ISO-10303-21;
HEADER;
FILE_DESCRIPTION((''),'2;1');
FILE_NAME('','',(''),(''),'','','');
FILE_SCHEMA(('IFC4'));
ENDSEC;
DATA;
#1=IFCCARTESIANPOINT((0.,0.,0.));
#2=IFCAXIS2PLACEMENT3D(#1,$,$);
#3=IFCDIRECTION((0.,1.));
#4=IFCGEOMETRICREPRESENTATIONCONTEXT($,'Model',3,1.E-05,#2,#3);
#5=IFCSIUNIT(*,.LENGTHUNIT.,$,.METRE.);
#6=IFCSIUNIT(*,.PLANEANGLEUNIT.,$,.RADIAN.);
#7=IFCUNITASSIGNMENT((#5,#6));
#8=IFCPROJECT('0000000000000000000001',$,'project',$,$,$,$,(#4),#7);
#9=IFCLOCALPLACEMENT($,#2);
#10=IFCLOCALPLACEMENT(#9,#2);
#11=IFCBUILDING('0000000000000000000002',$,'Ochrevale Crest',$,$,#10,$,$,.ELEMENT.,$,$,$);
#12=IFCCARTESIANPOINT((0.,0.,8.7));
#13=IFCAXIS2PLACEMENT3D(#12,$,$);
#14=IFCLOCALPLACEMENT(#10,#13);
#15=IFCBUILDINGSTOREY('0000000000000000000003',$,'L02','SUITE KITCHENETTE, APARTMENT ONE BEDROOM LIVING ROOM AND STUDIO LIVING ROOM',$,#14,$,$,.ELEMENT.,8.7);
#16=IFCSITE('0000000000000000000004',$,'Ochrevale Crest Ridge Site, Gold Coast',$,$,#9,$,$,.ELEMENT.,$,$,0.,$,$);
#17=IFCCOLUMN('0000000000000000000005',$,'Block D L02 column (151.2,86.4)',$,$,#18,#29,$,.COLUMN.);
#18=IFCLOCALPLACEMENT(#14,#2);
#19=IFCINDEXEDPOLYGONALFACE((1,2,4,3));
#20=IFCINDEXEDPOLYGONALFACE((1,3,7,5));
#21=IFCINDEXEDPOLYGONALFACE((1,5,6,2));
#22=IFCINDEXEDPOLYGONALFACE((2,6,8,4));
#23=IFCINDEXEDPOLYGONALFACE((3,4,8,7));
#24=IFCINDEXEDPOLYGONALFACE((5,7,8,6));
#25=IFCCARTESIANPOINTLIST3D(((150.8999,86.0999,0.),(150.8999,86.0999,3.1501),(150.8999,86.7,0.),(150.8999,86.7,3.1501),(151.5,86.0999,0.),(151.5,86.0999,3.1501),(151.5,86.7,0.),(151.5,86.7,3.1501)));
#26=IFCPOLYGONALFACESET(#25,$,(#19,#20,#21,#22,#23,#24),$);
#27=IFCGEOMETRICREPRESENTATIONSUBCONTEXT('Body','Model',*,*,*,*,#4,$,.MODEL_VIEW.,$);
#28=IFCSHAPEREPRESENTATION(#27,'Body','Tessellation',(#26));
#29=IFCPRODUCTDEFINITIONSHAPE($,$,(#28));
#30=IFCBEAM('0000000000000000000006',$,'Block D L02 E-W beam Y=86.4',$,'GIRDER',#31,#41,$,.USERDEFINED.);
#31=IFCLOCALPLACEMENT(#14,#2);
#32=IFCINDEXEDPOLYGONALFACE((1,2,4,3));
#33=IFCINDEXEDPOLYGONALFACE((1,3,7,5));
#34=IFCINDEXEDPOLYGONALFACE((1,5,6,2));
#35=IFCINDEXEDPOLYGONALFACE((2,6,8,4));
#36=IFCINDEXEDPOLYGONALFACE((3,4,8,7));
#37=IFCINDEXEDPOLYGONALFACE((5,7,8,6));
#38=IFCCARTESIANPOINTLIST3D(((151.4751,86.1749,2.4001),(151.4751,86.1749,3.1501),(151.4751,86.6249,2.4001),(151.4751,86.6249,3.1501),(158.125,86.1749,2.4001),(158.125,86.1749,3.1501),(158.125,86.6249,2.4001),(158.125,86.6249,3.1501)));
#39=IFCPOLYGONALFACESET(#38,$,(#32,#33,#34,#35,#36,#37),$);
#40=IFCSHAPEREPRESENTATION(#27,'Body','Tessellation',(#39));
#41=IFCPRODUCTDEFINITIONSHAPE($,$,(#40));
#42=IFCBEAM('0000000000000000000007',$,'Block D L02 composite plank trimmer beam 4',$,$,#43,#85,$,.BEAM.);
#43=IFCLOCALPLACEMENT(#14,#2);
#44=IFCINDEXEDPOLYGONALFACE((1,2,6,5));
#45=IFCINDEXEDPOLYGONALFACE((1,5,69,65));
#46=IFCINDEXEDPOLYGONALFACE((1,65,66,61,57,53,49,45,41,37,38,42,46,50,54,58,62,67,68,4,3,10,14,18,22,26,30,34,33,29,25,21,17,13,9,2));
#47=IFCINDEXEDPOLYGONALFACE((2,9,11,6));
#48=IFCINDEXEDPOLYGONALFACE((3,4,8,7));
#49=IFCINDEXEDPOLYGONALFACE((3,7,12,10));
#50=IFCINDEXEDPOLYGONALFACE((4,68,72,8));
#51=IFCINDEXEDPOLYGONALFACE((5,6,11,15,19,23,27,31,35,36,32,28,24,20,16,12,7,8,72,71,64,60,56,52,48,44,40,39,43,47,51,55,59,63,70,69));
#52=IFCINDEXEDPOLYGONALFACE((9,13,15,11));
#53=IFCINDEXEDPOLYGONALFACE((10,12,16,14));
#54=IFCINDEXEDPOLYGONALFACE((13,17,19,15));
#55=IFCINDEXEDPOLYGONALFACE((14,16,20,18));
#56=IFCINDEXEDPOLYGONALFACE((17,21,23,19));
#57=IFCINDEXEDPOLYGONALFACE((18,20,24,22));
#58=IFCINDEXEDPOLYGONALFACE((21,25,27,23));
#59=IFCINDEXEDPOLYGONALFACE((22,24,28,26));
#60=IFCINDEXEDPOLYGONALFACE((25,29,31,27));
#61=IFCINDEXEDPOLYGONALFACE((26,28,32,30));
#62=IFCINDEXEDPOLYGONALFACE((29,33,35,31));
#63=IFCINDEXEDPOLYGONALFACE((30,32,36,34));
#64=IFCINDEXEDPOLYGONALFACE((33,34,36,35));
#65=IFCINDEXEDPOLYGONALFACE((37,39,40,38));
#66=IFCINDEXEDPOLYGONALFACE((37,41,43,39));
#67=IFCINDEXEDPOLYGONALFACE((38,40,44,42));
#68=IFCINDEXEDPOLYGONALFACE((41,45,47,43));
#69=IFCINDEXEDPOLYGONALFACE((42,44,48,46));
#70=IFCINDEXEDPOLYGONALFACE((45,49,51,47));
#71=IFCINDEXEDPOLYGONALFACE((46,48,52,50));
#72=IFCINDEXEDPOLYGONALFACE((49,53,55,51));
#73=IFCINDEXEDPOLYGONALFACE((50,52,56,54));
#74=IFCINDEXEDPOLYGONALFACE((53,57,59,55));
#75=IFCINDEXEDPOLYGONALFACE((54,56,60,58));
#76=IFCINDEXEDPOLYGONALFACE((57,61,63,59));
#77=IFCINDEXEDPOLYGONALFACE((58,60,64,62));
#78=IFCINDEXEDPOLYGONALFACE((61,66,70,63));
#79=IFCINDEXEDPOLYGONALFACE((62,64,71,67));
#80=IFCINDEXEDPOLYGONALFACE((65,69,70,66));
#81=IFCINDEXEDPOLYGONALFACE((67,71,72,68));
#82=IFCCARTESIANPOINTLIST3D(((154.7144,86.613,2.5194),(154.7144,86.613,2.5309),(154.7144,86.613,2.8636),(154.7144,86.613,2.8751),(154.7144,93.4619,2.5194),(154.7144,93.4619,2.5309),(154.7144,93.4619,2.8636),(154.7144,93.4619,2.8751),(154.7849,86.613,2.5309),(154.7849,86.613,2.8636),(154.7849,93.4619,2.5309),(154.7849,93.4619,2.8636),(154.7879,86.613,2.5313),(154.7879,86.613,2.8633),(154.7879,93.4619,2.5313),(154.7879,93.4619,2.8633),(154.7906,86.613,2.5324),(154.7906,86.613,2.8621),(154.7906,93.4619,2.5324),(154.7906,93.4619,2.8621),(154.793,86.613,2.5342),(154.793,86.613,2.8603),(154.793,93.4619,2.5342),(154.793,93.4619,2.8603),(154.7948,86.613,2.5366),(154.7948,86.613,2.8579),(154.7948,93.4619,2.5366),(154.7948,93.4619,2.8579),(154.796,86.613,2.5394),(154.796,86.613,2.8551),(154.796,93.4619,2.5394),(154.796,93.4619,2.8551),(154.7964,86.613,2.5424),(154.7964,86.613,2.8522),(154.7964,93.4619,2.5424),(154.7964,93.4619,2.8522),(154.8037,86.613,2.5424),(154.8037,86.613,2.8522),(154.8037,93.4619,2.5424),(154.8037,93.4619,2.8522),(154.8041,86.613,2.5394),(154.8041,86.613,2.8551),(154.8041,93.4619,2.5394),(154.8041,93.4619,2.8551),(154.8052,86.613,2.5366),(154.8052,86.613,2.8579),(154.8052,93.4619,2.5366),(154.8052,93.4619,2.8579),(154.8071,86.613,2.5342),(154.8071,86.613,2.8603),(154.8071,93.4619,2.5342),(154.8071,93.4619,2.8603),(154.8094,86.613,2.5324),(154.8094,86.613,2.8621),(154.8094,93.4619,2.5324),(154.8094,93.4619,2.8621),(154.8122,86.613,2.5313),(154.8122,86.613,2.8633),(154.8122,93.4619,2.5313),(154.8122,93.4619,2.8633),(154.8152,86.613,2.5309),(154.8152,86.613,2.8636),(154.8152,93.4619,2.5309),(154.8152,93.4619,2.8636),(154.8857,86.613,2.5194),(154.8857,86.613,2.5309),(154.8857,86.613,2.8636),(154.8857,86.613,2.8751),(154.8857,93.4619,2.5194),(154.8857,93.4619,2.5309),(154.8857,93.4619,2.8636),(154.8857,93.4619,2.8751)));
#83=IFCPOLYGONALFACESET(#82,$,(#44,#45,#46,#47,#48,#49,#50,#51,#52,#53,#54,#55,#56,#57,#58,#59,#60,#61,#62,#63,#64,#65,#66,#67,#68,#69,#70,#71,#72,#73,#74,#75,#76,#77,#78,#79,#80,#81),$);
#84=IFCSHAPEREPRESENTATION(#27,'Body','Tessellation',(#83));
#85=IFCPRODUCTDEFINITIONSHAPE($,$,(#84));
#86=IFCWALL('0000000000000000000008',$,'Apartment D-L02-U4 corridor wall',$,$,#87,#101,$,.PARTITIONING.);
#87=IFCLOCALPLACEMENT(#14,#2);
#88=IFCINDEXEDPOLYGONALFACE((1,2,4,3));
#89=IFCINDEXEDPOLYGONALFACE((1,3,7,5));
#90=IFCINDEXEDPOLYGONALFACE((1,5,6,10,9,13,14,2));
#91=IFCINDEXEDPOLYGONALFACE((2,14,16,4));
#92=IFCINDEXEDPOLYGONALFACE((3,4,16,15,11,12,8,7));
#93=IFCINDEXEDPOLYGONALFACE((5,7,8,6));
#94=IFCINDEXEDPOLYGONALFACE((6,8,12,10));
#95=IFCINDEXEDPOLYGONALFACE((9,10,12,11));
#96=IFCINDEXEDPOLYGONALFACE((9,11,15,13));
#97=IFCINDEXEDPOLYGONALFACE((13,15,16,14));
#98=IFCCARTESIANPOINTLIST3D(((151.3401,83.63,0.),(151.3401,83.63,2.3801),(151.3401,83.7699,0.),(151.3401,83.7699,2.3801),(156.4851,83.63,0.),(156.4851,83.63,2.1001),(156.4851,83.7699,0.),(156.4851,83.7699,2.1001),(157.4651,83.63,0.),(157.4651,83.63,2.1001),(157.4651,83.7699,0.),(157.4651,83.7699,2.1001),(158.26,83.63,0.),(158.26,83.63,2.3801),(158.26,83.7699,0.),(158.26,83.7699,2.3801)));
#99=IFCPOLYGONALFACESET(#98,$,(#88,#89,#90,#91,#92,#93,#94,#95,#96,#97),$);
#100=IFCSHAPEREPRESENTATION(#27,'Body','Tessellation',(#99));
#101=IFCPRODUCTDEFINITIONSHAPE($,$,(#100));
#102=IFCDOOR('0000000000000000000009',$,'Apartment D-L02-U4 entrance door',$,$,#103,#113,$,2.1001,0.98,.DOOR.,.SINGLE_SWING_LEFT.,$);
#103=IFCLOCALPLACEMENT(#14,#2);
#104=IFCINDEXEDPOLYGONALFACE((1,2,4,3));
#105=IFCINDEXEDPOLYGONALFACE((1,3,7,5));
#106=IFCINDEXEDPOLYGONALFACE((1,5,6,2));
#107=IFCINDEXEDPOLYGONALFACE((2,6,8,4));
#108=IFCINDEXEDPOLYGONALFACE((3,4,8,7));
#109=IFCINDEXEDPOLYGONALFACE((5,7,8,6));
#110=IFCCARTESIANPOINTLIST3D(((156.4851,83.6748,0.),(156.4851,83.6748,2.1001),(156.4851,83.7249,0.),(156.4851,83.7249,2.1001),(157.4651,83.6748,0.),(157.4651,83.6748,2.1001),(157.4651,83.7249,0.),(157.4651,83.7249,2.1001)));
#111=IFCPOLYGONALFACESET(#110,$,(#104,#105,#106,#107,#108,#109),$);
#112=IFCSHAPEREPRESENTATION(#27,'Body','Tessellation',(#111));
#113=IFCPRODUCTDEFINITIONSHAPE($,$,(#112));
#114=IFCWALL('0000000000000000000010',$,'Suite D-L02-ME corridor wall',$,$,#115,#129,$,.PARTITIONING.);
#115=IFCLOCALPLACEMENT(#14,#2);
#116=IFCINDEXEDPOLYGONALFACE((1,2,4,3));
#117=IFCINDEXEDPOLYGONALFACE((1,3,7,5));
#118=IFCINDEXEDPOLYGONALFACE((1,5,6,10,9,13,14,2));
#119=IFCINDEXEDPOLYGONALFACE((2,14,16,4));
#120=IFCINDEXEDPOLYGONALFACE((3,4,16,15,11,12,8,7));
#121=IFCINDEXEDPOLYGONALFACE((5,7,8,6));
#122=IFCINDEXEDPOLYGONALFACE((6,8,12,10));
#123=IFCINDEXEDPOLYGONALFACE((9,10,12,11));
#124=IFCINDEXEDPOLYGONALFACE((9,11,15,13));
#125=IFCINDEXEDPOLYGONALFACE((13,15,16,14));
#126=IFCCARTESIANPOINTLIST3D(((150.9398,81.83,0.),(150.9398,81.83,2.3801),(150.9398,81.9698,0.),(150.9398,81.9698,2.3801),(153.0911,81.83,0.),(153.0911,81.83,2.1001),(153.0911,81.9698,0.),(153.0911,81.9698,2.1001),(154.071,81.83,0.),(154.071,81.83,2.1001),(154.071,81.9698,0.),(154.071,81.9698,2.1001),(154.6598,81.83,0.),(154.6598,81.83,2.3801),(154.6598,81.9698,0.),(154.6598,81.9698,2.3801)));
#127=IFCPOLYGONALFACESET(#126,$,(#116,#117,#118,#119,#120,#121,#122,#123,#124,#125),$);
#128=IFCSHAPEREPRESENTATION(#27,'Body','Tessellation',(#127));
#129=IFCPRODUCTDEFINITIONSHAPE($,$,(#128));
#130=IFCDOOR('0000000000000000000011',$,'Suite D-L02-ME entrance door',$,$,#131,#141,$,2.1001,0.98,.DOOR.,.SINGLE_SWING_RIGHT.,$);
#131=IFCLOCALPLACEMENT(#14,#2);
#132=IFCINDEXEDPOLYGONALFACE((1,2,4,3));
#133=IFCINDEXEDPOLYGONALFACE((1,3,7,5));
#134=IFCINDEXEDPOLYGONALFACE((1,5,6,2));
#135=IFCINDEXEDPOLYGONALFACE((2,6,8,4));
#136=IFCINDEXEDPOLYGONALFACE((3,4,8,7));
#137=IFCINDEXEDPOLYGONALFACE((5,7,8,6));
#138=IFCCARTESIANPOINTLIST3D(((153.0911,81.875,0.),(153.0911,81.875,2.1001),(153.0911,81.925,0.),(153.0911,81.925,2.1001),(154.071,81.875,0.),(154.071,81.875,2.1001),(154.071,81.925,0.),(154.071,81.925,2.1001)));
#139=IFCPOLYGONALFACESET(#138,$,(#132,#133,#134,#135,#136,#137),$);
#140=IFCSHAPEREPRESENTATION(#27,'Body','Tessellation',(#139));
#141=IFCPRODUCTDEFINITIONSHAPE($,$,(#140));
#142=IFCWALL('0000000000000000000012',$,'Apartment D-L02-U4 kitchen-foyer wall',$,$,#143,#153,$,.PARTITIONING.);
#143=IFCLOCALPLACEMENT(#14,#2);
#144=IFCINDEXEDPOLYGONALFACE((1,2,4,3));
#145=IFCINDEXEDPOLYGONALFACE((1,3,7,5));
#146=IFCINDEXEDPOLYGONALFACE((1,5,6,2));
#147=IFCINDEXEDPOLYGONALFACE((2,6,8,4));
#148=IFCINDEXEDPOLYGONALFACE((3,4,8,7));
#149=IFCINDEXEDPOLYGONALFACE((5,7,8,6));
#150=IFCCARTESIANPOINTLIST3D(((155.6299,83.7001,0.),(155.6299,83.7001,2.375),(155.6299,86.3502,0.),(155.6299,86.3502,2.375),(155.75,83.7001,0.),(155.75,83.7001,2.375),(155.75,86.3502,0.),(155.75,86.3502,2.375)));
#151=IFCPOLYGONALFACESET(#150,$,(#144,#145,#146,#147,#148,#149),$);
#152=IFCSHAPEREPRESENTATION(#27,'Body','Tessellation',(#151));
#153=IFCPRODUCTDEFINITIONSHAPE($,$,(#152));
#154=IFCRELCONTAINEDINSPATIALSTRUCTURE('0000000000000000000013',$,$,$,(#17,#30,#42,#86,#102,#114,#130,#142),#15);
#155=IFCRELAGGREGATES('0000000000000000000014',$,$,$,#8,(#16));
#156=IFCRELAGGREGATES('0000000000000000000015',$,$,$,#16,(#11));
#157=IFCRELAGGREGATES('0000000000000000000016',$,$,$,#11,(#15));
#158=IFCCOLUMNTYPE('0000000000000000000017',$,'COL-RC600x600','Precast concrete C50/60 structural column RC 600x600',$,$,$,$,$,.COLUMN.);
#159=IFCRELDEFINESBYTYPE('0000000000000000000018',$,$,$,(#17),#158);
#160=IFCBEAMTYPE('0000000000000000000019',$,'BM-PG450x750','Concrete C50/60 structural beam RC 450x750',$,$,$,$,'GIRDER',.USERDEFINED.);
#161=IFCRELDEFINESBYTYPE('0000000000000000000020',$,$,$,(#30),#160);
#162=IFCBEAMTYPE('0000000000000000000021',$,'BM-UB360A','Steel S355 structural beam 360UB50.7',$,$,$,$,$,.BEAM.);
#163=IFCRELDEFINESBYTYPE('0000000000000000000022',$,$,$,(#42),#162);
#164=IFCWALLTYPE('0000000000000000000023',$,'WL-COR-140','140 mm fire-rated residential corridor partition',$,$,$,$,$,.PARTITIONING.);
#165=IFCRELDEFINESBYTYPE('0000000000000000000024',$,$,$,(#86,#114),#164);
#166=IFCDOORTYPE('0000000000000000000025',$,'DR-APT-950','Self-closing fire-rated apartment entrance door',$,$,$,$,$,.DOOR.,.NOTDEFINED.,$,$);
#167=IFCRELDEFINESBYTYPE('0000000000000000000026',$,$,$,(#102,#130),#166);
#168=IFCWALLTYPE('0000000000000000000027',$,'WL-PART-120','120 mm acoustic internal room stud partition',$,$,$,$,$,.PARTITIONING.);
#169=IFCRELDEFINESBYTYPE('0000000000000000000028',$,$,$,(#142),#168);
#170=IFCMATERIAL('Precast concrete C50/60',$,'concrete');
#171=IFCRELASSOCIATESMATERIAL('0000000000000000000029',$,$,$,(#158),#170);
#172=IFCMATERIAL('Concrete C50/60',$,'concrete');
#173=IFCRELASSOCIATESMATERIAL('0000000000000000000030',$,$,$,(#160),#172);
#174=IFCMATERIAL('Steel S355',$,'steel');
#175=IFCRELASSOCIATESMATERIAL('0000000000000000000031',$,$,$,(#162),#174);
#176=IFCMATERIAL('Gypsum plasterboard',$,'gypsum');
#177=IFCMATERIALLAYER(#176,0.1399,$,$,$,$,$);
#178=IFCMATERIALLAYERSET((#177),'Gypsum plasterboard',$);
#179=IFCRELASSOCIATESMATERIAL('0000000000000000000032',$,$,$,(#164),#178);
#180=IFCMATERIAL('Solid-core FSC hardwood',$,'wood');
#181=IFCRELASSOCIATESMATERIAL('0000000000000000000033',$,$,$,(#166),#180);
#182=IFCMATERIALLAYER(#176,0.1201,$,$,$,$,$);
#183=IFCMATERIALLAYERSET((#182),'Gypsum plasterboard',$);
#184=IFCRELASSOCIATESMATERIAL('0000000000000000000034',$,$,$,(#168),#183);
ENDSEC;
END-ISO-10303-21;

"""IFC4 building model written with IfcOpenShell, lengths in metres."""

from ifc_helpers import new_model, si_unit, direction, frame, frame_2d, origin, origin_2d, place, context, subcontext, project, spatial, rectangle, i_section, extrude, material, layer, layer_set, material_profile, profile_set, type_object, element, fill, save


model = new_model("IFC4")

# Units and contexts
model_context = context("Model", 3, precision=1e-05, world=origin(), true_north=direction((0.0, 1.0)))
body_context = subcontext(model_context, "Body", "Model", "MODEL_VIEW")
ifc_project = project(units=[si_unit("LENGTHUNIT", "METRE"), si_unit("PLANEANGLEUNIT", "RADIAN")], contexts=[model_context])

# Site, building, storey
site_placement = place(None, origin())
site = spatial("IfcSite", under=ifc_project, at=site_placement, Name="Ochrevale Crest Ridge Site, Gold Coast", CompositionType="ELEMENT", RefElevation=0.0)
building_placement = place(site_placement, origin())
building = spatial("IfcBuilding", under=site, at=building_placement, Name="Ochrevale Crest", CompositionType="ELEMENT")
storey_placement = place(building_placement, frame((0.0, 0.0, 8.7)))
storey = spatial("IfcBuildingStorey", under=building, at=storey_placement, Name="L02", Description="SUITE KITCHENETTE, APARTMENT ONE BEDROOM LIVING ROOM AND STUDIO LIVING ROOM", CompositionType="ELEMENT", Elevation=8.7)

# Column
ifc_material_1 = material(Name="Precast concrete C50/60", Category="concrete")
ifc_material_profile_1 = material_profile(ifc_material_1, rectangle(XDim=0.6001, YDim=0.6001, at=origin_2d()), Name="RC 600x600")
ifc_profile_set_1 = profile_set([ifc_material_profile_1], Name="Precast concrete C50/60")
column_type = type_object("IfcColumnType", Name="COL-RC600x600", Description="Precast concrete C50/60 structural column RC 600x600", PredefinedType="COLUMN", material=ifc_profile_set_1)
column_placement = place(storey_placement, frame((151.2, 86.3999, 0.0), z_axis=(0.0, 0.0, 1.0), x_axis=(1.0, 0.0, 0.0)))
element("IfcColumn", 1, at=column_placement, inside=storey, type_object=column_type, Name="Block D L02 column (151.2,86.4)", PredefinedType="COLUMN", context=body_context, shape_type="SweptSolid", body=[
    extrude(rectangle(XDim=0.6001, YDim=0.6001, at=origin_2d()), origin(), (0.0, 0.0, 1.0), 3.1501),
])

# Beams
ifc_material_2 = material(Name="Concrete C50/60", Category="concrete")
ifc_material_profile_2 = material_profile(ifc_material_2, rectangle(XDim=0.45, YDim=0.75, at=origin_2d()), Name="RC 450x750")
ifc_profile_set_2 = profile_set([ifc_material_profile_2], Name="Concrete C50/60")
beam_type_1 = type_object("IfcBeamType", Name="BM-PG450x750", Description="Concrete C50/60 structural beam RC 450x750", ElementType="GIRDER", PredefinedType="USERDEFINED", material=ifc_profile_set_2)
beam_1_placement = place(storey_placement, frame((151.4751, 86.3999, 2.7751), z_axis=(1.0, 0.0, 0.0), x_axis=(0.0, 1.0, 0.0)))
element("IfcBeam", 2, at=beam_1_placement, inside=storey, type_object=beam_type_1, Name="Block D L02 E-W beam Y=86.4", ObjectType="GIRDER", PredefinedType="USERDEFINED", context=body_context, shape_type="SweptSolid", body=[
    extrude(rectangle(XDim=0.45, YDim=0.75, at=origin_2d()), origin(), (0.0, 0.0, 1.0), 6.6499),
])
ifc_material_3 = material(Name="Steel S355", Category="steel")
ifc_material_profile_3 = material_profile(ifc_material_3, i_section(OverallWidth=0.1714, OverallDepth=0.3557, WebThickness=0.0073, FlangeThickness=0.0115, FilletRadius=0.0115, at=origin_2d()), Name="360UB50.7")
ifc_profile_set_3 = profile_set([ifc_material_profile_3], Name="Steel S355")
beam_type_2 = type_object("IfcBeamType", Name="BM-UB360A", Description="Steel S355 structural beam 360UB50.7", PredefinedType="BEAM", material=ifc_profile_set_3)
beam_2_placement = place(storey_placement, frame((154.8, 86.613, 2.6973), z_axis=(0.0, 1.0, 0.0), x_axis=(-1.0, 0.0, 0.0)))
element("IfcBeam", 3, at=beam_2_placement, inside=storey, type_object=beam_type_2, Name="Block D L02 composite plank trimmer beam 4", PredefinedType="BEAM", context=body_context, shape_type="SweptSolid", body=[
    extrude(i_section(OverallWidth=0.1714, OverallDepth=0.3557, WebThickness=0.0073, FlangeThickness=0.0115, FilletRadius=0.0115, at=origin_2d()), origin(), (0.0, 0.0, 1.0), 6.8489),
])

# Walls, openings, doors
ifc_material_4 = material(Name="Gypsum plasterboard", Category="gypsum")
ifc_layer_1 = layer(ifc_material_4, 0.1399)
ifc_layer_set_1 = layer_set([ifc_layer_1], Name="Gypsum plasterboard")
wall_type_1 = type_object("IfcWallType", Name="WL-COR-140", Description="140 mm fire-rated residential corridor partition", PredefinedType="PARTITIONING", material=ifc_layer_set_1)
wall_1_placement = place(storey_placement, frame((151.3401, 83.7, 0.0), z_axis=(0.0, 0.0, 1.0), x_axis=(1.0, 0.0, 0.0)))
wall_1 = element("IfcWall", 4, at=wall_1_placement, inside=storey, type_object=wall_type_1, Name="Apartment D-L02-U4 corridor wall", PredefinedType="PARTITIONING", context=body_context, shape_type="SweptSolid", body=[
    extrude(rectangle(XDim=6.9199, YDim=0.1399, at=frame_2d((3.46, 0.0))), origin(), (0.0, 0.0, 1.0), 2.3801),
])
opening_1_placement = place(wall_1_placement, frame((5.145, 0.0, 0.0)))
opening_1 = element("IfcOpeningElement", 5, at=opening_1_placement, cuts=wall_1, PredefinedType="OPENING", context=body_context, shape_type="SweptSolid", body=[
    extrude(rectangle(XDim=0.98, YDim=2.1001, at=frame_2d((0.49, 1.05))), frame((0.0, 0.0801, 0.0), z_axis=(0.0, -1.0, 0.0), x_axis=(1.0, 0.0, 0.0)), (0.0, 0.0, 1.0), 0.1599),
])
ifc_material_5 = material(Name="Solid-core FSC hardwood", Category="wood")
door_type_1 = type_object("IfcDoorType", Name="DR-APT-950", Description="Self-closing fire-rated apartment entrance door", OperationType="NOTDEFINED", PredefinedType="DOOR", material=ifc_material_5)
door_1_placement = place(opening_1_placement, origin())
door_1 = element("IfcDoor", 6, at=door_1_placement, inside=storey, type_object=door_type_1, Name="Apartment D-L02-U4 entrance door", OperationType="SINGLE_SWING_LEFT", OverallHeight=2.1001, OverallWidth=0.98, PredefinedType="DOOR", context=body_context, shape_type="SweptSolid", body=[
    extrude(rectangle(XDim=0.98, YDim=2.1001, at=frame_2d((0.49, 1.05))), frame((0.0, 0.0249, 0.0), z_axis=(0.0, -1.0, 0.0), x_axis=(1.0, 0.0, 0.0)), (0.0, 0.0, 1.0), 0.05),
])
fill(opening_1, door_1)
wall_2_placement = place(storey_placement, frame((150.9399, 81.8999, 0.0), z_axis=(0.0, 0.0, 1.0), x_axis=(1.0, 0.0, 0.0)))
wall_2 = element("IfcWall", 7, at=wall_2_placement, inside=storey, type_object=wall_type_1, Name="Suite D-L02-ME corridor wall", PredefinedType="PARTITIONING", context=body_context, shape_type="SweptSolid", body=[
    extrude(rectangle(XDim=3.72, YDim=0.1399, at=frame_2d((1.8599, 0.0))), origin(), (0.0, 0.0, 1.0), 2.3801),
])
opening_2_placement = place(wall_2_placement, frame((3.1311, 0.0, 0.0), z_axis=(0.0, 0.0, 1.0), x_axis=(-1.0, 0.0, 0.0)))
opening_2 = element("IfcOpeningElement", 8, at=opening_2_placement, cuts=wall_2, PredefinedType="OPENING", context=body_context, shape_type="SweptSolid", body=[
    extrude(rectangle(XDim=0.98, YDim=2.1001, at=frame_2d((0.49, 1.05))), frame((0.0, 0.0801, 0.0), z_axis=(0.0, -1.0, 0.0), x_axis=(1.0, 0.0, 0.0)), (0.0, 0.0, 1.0), 0.1599),
])
door_2_placement = place(opening_2_placement, origin())
door_2 = element("IfcDoor", 9, at=door_2_placement, inside=storey, type_object=door_type_1, Name="Suite D-L02-ME entrance door", OperationType="SINGLE_SWING_RIGHT", OverallHeight=2.1001, OverallWidth=0.98, PredefinedType="DOOR", context=body_context, shape_type="SweptSolid", body=[
    extrude(rectangle(XDim=0.98, YDim=2.1001, at=frame_2d((0.49, 1.05))), frame((0.0, 0.0249, 0.0), z_axis=(0.0, -1.0, 0.0), x_axis=(1.0, 0.0, 0.0)), (0.0, 0.0, 1.0), 0.05),
])
fill(opening_2, door_2)

# Wall
ifc_layer_2 = layer(ifc_material_4, 0.1201)
ifc_layer_set_2 = layer_set([ifc_layer_2], Name="Gypsum plasterboard")
wall_type_2 = type_object("IfcWallType", Name="WL-PART-120", Description="120 mm acoustic internal room stud partition", PredefinedType="PARTITIONING", material=ifc_layer_set_2)
wall_3_placement = place(storey_placement, frame((155.6899, 83.7, 0.0), z_axis=(0.0, 0.0, 1.0), x_axis=(0.0, 1.0, 0.0)))
element("IfcWall", 10, at=wall_3_placement, inside=storey, type_object=wall_type_2, Name="Apartment D-L02-U4 kitchen-foyer wall", PredefinedType="PARTITIONING", context=body_context, shape_type="SweptSolid", body=[
    extrude(rectangle(XDim=2.6501, YDim=0.1201, at=frame_2d((1.3252, 0.0))), origin(), (0.0, 0.0, 1.0), 2.375),
])

save(model, "model.ifc")
